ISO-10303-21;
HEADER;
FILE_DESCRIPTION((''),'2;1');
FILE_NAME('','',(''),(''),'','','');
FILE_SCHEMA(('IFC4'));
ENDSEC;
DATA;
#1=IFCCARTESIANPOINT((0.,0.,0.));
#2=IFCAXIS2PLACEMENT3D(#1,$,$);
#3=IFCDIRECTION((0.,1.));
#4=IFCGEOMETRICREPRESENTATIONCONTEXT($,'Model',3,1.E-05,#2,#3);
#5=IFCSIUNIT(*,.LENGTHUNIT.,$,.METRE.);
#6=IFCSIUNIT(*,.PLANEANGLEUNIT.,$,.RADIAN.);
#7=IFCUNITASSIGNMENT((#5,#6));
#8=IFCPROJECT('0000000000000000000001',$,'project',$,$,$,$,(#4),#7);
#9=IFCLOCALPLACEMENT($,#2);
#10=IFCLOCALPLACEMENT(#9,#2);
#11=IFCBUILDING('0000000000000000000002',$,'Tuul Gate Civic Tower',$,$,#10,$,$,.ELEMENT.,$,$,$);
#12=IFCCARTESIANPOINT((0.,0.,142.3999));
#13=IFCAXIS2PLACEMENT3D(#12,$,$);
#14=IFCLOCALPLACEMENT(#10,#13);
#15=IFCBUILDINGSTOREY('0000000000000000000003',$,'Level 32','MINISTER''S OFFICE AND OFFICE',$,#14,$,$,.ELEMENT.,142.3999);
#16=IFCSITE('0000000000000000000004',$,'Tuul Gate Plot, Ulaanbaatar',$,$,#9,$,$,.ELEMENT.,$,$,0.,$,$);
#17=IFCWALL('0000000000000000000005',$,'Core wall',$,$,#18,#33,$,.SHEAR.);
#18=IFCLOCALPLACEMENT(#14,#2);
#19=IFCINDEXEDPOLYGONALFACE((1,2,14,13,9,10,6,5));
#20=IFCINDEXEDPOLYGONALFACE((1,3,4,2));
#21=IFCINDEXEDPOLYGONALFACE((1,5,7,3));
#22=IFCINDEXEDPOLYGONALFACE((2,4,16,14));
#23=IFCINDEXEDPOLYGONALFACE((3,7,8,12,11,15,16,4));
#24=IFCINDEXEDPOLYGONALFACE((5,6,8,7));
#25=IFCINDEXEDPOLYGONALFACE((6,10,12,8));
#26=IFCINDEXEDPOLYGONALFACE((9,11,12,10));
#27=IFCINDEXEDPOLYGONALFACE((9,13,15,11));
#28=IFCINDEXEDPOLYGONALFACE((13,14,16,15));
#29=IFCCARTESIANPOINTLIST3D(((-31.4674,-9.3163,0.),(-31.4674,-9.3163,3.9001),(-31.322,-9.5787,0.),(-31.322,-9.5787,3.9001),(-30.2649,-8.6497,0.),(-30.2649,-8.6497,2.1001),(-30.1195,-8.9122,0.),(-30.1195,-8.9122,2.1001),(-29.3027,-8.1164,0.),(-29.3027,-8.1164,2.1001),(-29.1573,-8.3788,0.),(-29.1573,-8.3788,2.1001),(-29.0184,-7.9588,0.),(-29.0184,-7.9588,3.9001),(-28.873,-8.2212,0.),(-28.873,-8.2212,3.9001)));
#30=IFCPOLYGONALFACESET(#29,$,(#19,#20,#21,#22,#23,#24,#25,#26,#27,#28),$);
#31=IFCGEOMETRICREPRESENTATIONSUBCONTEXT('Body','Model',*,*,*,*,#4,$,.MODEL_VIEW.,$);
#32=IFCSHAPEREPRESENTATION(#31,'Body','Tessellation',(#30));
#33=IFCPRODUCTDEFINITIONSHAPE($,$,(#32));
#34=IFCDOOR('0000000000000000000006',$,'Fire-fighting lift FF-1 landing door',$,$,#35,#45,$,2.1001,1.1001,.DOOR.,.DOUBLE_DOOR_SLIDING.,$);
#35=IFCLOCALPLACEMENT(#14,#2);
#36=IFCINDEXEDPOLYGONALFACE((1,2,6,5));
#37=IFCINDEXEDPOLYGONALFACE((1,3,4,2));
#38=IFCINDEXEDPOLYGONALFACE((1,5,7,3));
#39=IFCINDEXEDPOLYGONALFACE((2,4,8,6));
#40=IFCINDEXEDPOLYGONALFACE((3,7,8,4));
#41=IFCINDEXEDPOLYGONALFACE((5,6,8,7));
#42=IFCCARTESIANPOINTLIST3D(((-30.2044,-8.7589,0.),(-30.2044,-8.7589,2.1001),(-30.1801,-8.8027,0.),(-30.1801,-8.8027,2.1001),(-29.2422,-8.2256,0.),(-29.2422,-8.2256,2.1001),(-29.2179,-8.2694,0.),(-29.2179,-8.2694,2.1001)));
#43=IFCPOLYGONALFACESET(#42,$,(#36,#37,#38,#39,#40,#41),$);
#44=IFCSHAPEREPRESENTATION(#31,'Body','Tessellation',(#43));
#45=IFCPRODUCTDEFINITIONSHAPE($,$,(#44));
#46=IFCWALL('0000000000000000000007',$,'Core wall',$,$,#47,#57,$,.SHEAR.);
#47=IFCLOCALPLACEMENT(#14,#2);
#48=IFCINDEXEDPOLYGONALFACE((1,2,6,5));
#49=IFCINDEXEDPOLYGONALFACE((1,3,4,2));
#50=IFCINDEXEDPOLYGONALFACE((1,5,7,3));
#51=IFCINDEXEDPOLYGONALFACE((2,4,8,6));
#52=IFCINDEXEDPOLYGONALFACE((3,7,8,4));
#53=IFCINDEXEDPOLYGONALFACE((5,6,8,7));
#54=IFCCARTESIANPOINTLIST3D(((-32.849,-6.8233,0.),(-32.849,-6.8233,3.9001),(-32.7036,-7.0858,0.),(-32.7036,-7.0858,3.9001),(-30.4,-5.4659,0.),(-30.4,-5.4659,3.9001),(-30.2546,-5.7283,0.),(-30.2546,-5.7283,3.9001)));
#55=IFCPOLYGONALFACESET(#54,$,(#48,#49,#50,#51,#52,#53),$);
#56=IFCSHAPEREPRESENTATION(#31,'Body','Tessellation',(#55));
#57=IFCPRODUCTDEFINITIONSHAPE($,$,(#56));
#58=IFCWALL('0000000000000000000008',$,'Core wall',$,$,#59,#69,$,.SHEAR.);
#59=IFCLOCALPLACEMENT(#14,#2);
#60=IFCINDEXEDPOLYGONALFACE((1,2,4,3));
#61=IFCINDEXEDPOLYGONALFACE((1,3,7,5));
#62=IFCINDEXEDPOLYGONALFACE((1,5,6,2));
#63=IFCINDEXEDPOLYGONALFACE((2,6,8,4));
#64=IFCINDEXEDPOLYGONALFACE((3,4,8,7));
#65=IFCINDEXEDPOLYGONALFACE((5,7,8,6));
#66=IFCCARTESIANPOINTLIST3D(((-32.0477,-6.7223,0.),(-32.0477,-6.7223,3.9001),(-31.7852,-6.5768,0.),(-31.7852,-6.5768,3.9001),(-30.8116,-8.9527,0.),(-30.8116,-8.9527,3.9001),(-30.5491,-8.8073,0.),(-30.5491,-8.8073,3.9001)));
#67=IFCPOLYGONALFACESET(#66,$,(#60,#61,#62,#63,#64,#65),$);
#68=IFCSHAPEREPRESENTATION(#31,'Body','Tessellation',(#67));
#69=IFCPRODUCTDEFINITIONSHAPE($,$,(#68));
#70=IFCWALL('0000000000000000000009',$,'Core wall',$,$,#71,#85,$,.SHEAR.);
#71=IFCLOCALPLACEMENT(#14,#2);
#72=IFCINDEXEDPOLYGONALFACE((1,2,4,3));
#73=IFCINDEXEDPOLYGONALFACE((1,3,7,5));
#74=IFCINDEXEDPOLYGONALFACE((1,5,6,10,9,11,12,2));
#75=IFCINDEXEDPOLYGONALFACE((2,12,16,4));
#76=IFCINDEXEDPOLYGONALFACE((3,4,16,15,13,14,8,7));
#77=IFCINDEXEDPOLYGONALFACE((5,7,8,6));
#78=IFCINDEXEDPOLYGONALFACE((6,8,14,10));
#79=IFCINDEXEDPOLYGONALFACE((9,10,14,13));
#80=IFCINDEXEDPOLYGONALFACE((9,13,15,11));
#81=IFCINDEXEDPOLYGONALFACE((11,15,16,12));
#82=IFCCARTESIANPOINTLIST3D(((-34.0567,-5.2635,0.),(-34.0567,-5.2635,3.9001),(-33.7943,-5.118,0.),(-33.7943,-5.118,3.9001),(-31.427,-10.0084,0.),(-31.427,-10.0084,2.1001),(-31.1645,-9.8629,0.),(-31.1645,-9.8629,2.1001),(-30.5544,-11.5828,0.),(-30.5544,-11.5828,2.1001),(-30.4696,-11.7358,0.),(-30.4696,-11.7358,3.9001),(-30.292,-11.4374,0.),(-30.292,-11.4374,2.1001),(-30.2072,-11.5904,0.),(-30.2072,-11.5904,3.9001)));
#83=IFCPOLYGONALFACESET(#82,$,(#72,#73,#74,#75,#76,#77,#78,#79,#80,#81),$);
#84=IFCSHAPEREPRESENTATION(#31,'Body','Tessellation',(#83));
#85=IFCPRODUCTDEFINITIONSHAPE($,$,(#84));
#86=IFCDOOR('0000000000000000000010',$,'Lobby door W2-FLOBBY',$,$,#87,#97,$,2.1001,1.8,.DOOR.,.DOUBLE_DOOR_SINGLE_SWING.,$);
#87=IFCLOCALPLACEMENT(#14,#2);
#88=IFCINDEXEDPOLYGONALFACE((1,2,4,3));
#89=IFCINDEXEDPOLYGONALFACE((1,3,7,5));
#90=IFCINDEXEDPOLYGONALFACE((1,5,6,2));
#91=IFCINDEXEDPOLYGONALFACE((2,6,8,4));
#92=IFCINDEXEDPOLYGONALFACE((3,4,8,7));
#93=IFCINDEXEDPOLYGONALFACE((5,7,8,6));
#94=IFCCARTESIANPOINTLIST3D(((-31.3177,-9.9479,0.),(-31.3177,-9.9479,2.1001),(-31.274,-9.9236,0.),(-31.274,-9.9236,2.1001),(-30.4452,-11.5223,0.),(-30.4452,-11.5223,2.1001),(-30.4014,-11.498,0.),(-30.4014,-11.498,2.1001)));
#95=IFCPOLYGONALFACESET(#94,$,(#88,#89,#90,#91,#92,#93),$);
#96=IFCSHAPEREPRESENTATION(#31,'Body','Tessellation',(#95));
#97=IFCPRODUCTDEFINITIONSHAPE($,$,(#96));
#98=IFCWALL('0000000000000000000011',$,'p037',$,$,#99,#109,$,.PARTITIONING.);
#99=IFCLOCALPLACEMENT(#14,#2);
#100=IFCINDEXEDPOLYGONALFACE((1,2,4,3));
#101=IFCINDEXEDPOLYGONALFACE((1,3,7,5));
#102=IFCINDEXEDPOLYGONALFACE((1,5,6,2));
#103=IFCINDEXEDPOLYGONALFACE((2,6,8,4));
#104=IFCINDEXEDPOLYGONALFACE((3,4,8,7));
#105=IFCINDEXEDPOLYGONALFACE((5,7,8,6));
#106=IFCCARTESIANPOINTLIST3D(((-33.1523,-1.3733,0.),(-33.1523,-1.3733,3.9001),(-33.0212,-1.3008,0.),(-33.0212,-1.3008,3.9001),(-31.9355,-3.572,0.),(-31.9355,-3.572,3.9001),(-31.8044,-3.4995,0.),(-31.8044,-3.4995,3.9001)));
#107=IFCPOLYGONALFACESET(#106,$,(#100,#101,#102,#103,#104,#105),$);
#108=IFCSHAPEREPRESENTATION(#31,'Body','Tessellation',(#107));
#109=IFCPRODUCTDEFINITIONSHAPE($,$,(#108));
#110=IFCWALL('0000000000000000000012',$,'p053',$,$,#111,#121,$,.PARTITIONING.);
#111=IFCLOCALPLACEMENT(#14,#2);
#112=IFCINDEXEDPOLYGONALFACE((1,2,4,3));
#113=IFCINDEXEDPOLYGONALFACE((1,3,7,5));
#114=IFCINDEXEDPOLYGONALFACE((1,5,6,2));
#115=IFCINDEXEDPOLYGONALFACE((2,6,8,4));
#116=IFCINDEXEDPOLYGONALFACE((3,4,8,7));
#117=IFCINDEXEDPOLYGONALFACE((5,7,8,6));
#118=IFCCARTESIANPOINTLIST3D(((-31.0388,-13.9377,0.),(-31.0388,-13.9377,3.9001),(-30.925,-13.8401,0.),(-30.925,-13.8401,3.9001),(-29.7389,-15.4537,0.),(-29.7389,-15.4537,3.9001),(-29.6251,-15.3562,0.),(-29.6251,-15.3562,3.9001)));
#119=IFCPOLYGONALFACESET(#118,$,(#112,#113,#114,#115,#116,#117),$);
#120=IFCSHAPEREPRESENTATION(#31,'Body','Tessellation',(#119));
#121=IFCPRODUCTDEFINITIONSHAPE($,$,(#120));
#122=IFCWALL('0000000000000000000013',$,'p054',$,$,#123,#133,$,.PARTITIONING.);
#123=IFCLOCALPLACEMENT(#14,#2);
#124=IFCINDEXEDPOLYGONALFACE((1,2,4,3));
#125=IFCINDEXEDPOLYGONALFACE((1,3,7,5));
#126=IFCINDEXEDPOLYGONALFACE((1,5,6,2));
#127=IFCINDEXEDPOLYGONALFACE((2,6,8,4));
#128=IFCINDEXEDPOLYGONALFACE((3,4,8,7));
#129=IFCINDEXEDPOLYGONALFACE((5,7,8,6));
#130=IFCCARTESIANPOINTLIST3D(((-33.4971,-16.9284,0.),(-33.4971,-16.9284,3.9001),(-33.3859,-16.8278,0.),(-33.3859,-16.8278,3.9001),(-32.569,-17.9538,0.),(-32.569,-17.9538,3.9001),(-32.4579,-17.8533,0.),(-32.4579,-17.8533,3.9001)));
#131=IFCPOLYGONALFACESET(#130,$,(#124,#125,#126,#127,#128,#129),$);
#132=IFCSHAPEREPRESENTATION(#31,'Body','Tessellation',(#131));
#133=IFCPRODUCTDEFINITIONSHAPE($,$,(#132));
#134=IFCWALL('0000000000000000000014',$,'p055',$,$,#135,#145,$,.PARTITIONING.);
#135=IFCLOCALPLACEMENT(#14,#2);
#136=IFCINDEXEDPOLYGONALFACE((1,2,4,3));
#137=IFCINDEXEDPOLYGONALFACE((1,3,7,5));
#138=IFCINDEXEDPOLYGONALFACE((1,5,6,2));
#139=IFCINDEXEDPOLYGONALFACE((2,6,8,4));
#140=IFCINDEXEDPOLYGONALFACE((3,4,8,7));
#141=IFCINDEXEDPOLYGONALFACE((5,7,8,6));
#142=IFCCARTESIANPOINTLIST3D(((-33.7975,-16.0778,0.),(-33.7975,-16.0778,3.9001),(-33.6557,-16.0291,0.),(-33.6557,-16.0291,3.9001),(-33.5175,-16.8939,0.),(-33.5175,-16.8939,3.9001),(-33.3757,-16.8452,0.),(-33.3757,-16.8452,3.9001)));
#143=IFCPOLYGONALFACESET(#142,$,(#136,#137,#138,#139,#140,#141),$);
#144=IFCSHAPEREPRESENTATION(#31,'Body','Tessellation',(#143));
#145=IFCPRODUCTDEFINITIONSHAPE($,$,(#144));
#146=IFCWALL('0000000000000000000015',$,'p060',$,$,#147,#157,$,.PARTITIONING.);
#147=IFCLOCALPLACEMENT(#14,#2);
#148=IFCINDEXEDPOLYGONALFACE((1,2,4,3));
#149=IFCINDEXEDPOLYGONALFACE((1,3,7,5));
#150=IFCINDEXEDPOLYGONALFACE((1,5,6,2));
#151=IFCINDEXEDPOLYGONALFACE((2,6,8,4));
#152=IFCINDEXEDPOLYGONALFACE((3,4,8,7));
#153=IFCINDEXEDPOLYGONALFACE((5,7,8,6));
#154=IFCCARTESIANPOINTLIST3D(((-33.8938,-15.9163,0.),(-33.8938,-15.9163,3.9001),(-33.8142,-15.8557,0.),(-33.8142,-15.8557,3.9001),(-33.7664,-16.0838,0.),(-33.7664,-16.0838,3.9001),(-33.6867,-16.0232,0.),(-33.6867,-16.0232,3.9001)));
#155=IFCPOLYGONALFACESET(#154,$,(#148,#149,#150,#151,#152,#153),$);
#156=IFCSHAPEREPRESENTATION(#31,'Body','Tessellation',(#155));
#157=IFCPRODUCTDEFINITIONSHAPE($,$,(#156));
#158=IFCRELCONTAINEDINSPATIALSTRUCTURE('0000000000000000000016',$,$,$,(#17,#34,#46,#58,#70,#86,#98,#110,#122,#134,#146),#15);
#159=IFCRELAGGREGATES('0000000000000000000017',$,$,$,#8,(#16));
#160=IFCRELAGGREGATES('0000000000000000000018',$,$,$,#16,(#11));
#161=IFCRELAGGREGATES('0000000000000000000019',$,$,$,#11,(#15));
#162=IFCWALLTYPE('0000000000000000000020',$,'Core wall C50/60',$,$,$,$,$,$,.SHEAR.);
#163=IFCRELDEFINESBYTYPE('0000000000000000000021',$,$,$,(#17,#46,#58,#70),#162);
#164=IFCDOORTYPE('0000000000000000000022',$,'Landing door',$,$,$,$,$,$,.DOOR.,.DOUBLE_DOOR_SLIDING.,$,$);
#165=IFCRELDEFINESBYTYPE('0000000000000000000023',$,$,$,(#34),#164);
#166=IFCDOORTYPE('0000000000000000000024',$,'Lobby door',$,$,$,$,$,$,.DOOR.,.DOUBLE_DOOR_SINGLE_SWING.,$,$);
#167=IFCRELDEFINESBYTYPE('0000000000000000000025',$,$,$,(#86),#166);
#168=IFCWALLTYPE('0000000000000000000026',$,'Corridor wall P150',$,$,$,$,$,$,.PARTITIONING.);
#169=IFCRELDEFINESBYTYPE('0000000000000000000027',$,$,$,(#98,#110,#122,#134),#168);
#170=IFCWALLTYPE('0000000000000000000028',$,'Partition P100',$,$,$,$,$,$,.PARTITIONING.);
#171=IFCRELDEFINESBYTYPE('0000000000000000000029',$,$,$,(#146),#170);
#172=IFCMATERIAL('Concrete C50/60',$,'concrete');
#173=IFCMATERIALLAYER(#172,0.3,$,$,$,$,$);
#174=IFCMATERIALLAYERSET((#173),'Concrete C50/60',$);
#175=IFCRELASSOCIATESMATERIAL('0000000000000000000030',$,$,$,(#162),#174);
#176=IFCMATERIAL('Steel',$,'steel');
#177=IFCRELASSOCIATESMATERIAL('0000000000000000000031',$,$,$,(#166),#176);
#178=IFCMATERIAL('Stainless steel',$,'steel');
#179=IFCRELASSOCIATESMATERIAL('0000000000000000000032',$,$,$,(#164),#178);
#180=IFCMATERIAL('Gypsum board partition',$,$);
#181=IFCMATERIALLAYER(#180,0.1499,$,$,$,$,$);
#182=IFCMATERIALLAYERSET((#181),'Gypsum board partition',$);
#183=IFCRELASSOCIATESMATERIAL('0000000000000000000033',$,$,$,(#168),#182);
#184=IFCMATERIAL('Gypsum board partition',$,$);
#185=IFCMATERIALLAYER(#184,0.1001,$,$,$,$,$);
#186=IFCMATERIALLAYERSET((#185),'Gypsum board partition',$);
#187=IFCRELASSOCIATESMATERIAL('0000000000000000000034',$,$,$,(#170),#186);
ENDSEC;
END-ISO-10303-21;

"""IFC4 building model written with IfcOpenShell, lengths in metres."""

from ifc_helpers import new_model, si_unit, direction, frame, frame_2d, origin, place, context, subcontext, project, spatial, rectangle, extrude, material, layer, layer_set, type_object, element, fill, save


model = new_model("IFC4")

# Units and contexts
model_context = context("Model", 3, precision=1e-05, world=origin(), true_north=direction((0.0, 1.0)))
body_context = subcontext(model_context, "Body", "Model", "MODEL_VIEW")
ifc_project = project(units=[si_unit("LENGTHUNIT", "METRE"), si_unit("PLANEANGLEUNIT", "RADIAN")], contexts=[model_context])

# Site, building, storey
site_placement = place(None, origin())
site = spatial("IfcSite", under=ifc_project, at=site_placement, Name="Tuul Gate Plot, Ulaanbaatar", CompositionType="ELEMENT", RefElevation=0.0)
building_placement = place(site_placement, origin())
building = spatial("IfcBuilding", under=site, at=building_placement, Name="Tuul Gate Civic Tower", CompositionType="ELEMENT")
storey_placement = place(building_placement, frame((0.0, 0.0, 142.3999)))
storey = spatial("IfcBuildingStorey", under=building, at=storey_placement, Name="Level 32", Description="MINISTER'S OFFICE AND OFFICE", CompositionType="ELEMENT", Elevation=142.3999)

# Shared definitions
ifc_material_1 = material(Name="Concrete C50/60", Category="concrete")
ifc_layer_1 = layer(ifc_material_1, 0.3)
ifc_layer_set_1 = layer_set([ifc_layer_1], Name="Concrete C50/60")
wall_type_1 = type_object("IfcWallType", Name="Core wall C50/60", PredefinedType="SHEAR", material=ifc_layer_set_1)
ifc_material_2 = material(Name="Steel", Category="steel")
door_type_1 = type_object("IfcDoorType", Name="Lobby door", OperationType="DOUBLE_DOOR_SINGLE_SWING", PredefinedType="DOOR", material=ifc_material_2)

# Wall, opening, door
wall_1_placement = place(storey_placement, frame((-28.9458, -8.0901, 0.0), z_axis=(0.0, 0.0, 1.0), x_axis=(-0.87463, -0.484791, 0.0)))
wall_1 = element("IfcWall", 1, at=wall_1_placement, inside=storey, type_object=wall_type_1, Name="Core wall", PredefinedType="SHEAR", context=body_context, shape_type="SweptSolid", body=[
    extrude(rectangle(XDim=2.8, YDim=0.3, at=frame_2d((1.3999, 0.0))), origin(), (0.0, 0.0, 1.0), 3.9001),
])
opening_1_placement = place(wall_1_placement, frame((0.325, 0.0, 0.0)))
opening_1 = element("IfcOpeningElement", 2, at=opening_1_placement, cuts=wall_1, PredefinedType="OPENING", context=body_context, shape_type="SweptSolid", body=[
    extrude(rectangle(XDim=1.1001, YDim=2.1001, at=frame_2d((0.55, 1.05))), frame((0.0, 0.1602, 0.0), z_axis=(0.0, -1.0, 0.0), x_axis=(1.0, 0.0, 0.0)), (0.0, 0.0, 1.0), 0.3201),
])
ifc_material_3 = material(Name="Stainless steel", Category="steel")
door_type_2 = type_object("IfcDoorType", Name="Landing door", OperationType="DOUBLE_DOOR_SLIDING", PredefinedType="DOOR", material=ifc_material_3)
door_1_placement = place(opening_1_placement, origin())
door_1 = element("IfcDoor", 3, at=door_1_placement, inside=storey, type_object=door_type_2, Name="Fire-fighting lift FF-1 landing door", OperationType="DOUBLE_DOOR_SLIDING", OverallHeight=2.1001, OverallWidth=1.1001, PredefinedType="DOOR", context=body_context, shape_type="SweptSolid", body=[
    extrude(rectangle(XDim=1.1001, YDim=2.1001, at=frame_2d((0.55, 1.05))), frame((0.0, 0.0249, 0.0), z_axis=(0.0, -1.0, 0.0), x_axis=(1.0, 0.0, 0.0)), (0.0, 0.0, 1.0), 0.05),
])
fill(opening_1, door_1)

# Walls
wall_2_placement = place(storey_placement, frame((-30.3274, -5.5972, 0.0), z_axis=(0.0, 0.0, 1.0), x_axis=(-0.87463, -0.484791, 0.0)))
element("IfcWall", 4, at=wall_2_placement, inside=storey, type_object=wall_type_1, Name="Core wall", PredefinedType="SHEAR", context=body_context, shape_type="SweptSolid", body=[
    extrude(rectangle(XDim=2.8, YDim=0.3, at=frame_2d((1.3999, 0.0))), origin(), (0.0, 0.0, 1.0), 3.9001),
])
wall_3_placement = place(storey_placement, frame((-30.6804, -8.8799, 0.0), z_axis=(0.0, 0.0, 1.0), x_axis=(-0.484724, 0.874667, 0.0)))
element("IfcWall", 5, at=wall_3_placement, inside=storey, type_object=wall_type_1, Name="Core wall", PredefinedType="SHEAR", context=body_context, shape_type="SweptSolid", body=[
    extrude(rectangle(XDim=2.55, YDim=0.3, at=frame_2d((1.2749, 0.0))), origin(), (0.0, 0.0, 1.0), 3.9001),
])

# Wall, opening, door
wall_4_placement = place(storey_placement, frame((-30.3384, -11.6631, 0.0), z_axis=(0.0, 0.0, 1.0), x_axis=(-0.484752, 0.874652, 0.0)))
wall_4 = element("IfcWall", 6, at=wall_4_placement, inside=storey, type_object=wall_type_1, Name="Core wall", PredefinedType="SHEAR", context=body_context, shape_type="SweptSolid", body=[
    extrude(rectangle(XDim=7.3999, YDim=0.3, at=frame_2d((3.7, 0.0))), origin(), (0.0, 0.0, 1.0), 3.9001),
])
opening_2_placement = place(wall_4_placement, frame((0.175, 0.0, 0.0)))
opening_2 = element("IfcOpeningElement", 7, at=opening_2_placement, cuts=wall_4, PredefinedType="OPENING", context=body_context, shape_type="SweptSolid", body=[
    extrude(rectangle(XDim=1.8, YDim=2.1001, at=frame_2d((0.8999, 1.05))), frame((0.0, 0.1602, 0.0), z_axis=(0.0, -1.0, 0.0), x_axis=(1.0, 0.0, 0.0)), (0.0, 0.0, 1.0), 0.3201),
])
door_2_placement = place(opening_2_placement, frame((1.8, 0.0, 0.0), z_axis=(0.0, 0.0, 1.0), x_axis=(-1.0, 0.0, 0.0)))
door_2 = element("IfcDoor", 8, at=door_2_placement, inside=storey, type_object=door_type_1, Name="Lobby door W2-FLOBBY", OperationType="DOUBLE_DOOR_SINGLE_SWING", OverallHeight=2.1001, OverallWidth=1.8, PredefinedType="DOOR", context=body_context, shape_type="SweptSolid", body=[
    extrude(rectangle(XDim=1.8, YDim=2.1001, at=frame_2d((0.9001, 1.05))), frame((0.0, 0.0249, 0.0), z_axis=(0.0, -1.0, 0.0), x_axis=(1.0, 0.0, 0.0)), (0.0, 0.0, 1.0), 0.05),
])
fill(opening_2, door_2)

# Walls
ifc_material_4 = material(Name="Gypsum board partition")
ifc_layer_2 = layer(ifc_material_4, 0.1499)
ifc_layer_set_2 = layer_set([ifc_layer_2], Name="Gypsum board partition")
wall_type_2 = type_object("IfcWallType", Name="Corridor wall P150", PredefinedType="PARTITIONING", material=ifc_layer_set_2)
wall_5_placement = place(storey_placement, frame((-33.0867, -1.3372, 0.0), z_axis=(0.0, 0.0, 1.0), x_axis=(0.484207, -0.874953, 0.0)))
element("IfcWall", 9, at=wall_5_placement, inside=storey, type_object=wall_type_2, Name="p037", PredefinedType="PARTITIONING", context=body_context, shape_type="SweptSolid", body=[
    extrude(rectangle(XDim=2.5129, YDim=0.1499, at=frame_2d((1.2563, 0.0))), origin(), (0.0, 0.0, 1.0), 3.9001),
])
wall_6_placement = place(storey_placement, frame((-30.9819, -13.8889, 0.0), z_axis=(0.0, 0.0, 1.0), x_axis=(0.650942, -0.759127, 0.0)))
element("IfcWall", 10, at=wall_6_placement, inside=storey, type_object=wall_type_2, Name="p053", PredefinedType="PARTITIONING", context=body_context, shape_type="SweptSolid", body=[
    extrude(rectangle(XDim=1.9971, YDim=0.1499, at=frame_2d((0.9985, 0.0))), origin(), (0.0, 0.0, 1.0), 3.9001),
])
wall_7_placement = place(storey_placement, frame((-33.4414, -16.8782, 0.0), z_axis=(0.0, 0.0, 1.0), x_axis=(0.67101, -0.741448, 0.0)))
element("IfcWall", 11, at=wall_7_placement, inside=storey, type_object=wall_type_2, Name="p054", PredefinedType="PARTITIONING", context=body_context, shape_type="SweptSolid", body=[
    extrude(rectangle(XDim=1.3831, YDim=0.1499, at=frame_2d((0.6914, 0.0))), origin(), (0.0, 0.0, 1.0), 3.9001),
])
wall_8_placement = place(storey_placement, frame((-33.7266, -16.0535, 0.0), z_axis=(0.0, 0.0, 1.0), x_axis=(0.324534, -0.945874, 0.0)))
element("IfcWall", 12, at=wall_8_placement, inside=storey, type_object=wall_type_2, Name="p055", PredefinedType="PARTITIONING", context=body_context, shape_type="SweptSolid", body=[
    extrude(rectangle(XDim=0.8628, YDim=0.1499, at=frame_2d((0.4314, 0.0))), origin(), (0.0, 0.0, 1.0), 3.9001),
])
ifc_material_5 = material(Name="Gypsum board partition")
ifc_layer_3 = layer(ifc_material_5, 0.1001)
ifc_layer_set_3 = layer_set([ifc_layer_3], Name="Gypsum board partition")
wall_type_3 = type_object("IfcWallType", Name="Partition P100", PredefinedType="PARTITIONING", material=ifc_layer_set_3)
wall_9_placement = place(storey_placement, frame((-33.7266, -16.0535, 0.0), z_axis=(0.0, 0.0, 1.0), x_axis=(-0.605554, 0.795804, 0.0)))
element("IfcWall", 13, at=wall_9_placement, inside=storey, type_object=wall_type_3, Name="p060", PredefinedType="PARTITIONING", context=body_context, shape_type="SweptSolid", body=[
    extrude(rectangle(XDim=0.2104, YDim=0.1001, at=frame_2d((0.1052, 0.0))), origin(), (0.0, 0.0, 1.0), 3.9001),
])

save(model, "model.ifc")
